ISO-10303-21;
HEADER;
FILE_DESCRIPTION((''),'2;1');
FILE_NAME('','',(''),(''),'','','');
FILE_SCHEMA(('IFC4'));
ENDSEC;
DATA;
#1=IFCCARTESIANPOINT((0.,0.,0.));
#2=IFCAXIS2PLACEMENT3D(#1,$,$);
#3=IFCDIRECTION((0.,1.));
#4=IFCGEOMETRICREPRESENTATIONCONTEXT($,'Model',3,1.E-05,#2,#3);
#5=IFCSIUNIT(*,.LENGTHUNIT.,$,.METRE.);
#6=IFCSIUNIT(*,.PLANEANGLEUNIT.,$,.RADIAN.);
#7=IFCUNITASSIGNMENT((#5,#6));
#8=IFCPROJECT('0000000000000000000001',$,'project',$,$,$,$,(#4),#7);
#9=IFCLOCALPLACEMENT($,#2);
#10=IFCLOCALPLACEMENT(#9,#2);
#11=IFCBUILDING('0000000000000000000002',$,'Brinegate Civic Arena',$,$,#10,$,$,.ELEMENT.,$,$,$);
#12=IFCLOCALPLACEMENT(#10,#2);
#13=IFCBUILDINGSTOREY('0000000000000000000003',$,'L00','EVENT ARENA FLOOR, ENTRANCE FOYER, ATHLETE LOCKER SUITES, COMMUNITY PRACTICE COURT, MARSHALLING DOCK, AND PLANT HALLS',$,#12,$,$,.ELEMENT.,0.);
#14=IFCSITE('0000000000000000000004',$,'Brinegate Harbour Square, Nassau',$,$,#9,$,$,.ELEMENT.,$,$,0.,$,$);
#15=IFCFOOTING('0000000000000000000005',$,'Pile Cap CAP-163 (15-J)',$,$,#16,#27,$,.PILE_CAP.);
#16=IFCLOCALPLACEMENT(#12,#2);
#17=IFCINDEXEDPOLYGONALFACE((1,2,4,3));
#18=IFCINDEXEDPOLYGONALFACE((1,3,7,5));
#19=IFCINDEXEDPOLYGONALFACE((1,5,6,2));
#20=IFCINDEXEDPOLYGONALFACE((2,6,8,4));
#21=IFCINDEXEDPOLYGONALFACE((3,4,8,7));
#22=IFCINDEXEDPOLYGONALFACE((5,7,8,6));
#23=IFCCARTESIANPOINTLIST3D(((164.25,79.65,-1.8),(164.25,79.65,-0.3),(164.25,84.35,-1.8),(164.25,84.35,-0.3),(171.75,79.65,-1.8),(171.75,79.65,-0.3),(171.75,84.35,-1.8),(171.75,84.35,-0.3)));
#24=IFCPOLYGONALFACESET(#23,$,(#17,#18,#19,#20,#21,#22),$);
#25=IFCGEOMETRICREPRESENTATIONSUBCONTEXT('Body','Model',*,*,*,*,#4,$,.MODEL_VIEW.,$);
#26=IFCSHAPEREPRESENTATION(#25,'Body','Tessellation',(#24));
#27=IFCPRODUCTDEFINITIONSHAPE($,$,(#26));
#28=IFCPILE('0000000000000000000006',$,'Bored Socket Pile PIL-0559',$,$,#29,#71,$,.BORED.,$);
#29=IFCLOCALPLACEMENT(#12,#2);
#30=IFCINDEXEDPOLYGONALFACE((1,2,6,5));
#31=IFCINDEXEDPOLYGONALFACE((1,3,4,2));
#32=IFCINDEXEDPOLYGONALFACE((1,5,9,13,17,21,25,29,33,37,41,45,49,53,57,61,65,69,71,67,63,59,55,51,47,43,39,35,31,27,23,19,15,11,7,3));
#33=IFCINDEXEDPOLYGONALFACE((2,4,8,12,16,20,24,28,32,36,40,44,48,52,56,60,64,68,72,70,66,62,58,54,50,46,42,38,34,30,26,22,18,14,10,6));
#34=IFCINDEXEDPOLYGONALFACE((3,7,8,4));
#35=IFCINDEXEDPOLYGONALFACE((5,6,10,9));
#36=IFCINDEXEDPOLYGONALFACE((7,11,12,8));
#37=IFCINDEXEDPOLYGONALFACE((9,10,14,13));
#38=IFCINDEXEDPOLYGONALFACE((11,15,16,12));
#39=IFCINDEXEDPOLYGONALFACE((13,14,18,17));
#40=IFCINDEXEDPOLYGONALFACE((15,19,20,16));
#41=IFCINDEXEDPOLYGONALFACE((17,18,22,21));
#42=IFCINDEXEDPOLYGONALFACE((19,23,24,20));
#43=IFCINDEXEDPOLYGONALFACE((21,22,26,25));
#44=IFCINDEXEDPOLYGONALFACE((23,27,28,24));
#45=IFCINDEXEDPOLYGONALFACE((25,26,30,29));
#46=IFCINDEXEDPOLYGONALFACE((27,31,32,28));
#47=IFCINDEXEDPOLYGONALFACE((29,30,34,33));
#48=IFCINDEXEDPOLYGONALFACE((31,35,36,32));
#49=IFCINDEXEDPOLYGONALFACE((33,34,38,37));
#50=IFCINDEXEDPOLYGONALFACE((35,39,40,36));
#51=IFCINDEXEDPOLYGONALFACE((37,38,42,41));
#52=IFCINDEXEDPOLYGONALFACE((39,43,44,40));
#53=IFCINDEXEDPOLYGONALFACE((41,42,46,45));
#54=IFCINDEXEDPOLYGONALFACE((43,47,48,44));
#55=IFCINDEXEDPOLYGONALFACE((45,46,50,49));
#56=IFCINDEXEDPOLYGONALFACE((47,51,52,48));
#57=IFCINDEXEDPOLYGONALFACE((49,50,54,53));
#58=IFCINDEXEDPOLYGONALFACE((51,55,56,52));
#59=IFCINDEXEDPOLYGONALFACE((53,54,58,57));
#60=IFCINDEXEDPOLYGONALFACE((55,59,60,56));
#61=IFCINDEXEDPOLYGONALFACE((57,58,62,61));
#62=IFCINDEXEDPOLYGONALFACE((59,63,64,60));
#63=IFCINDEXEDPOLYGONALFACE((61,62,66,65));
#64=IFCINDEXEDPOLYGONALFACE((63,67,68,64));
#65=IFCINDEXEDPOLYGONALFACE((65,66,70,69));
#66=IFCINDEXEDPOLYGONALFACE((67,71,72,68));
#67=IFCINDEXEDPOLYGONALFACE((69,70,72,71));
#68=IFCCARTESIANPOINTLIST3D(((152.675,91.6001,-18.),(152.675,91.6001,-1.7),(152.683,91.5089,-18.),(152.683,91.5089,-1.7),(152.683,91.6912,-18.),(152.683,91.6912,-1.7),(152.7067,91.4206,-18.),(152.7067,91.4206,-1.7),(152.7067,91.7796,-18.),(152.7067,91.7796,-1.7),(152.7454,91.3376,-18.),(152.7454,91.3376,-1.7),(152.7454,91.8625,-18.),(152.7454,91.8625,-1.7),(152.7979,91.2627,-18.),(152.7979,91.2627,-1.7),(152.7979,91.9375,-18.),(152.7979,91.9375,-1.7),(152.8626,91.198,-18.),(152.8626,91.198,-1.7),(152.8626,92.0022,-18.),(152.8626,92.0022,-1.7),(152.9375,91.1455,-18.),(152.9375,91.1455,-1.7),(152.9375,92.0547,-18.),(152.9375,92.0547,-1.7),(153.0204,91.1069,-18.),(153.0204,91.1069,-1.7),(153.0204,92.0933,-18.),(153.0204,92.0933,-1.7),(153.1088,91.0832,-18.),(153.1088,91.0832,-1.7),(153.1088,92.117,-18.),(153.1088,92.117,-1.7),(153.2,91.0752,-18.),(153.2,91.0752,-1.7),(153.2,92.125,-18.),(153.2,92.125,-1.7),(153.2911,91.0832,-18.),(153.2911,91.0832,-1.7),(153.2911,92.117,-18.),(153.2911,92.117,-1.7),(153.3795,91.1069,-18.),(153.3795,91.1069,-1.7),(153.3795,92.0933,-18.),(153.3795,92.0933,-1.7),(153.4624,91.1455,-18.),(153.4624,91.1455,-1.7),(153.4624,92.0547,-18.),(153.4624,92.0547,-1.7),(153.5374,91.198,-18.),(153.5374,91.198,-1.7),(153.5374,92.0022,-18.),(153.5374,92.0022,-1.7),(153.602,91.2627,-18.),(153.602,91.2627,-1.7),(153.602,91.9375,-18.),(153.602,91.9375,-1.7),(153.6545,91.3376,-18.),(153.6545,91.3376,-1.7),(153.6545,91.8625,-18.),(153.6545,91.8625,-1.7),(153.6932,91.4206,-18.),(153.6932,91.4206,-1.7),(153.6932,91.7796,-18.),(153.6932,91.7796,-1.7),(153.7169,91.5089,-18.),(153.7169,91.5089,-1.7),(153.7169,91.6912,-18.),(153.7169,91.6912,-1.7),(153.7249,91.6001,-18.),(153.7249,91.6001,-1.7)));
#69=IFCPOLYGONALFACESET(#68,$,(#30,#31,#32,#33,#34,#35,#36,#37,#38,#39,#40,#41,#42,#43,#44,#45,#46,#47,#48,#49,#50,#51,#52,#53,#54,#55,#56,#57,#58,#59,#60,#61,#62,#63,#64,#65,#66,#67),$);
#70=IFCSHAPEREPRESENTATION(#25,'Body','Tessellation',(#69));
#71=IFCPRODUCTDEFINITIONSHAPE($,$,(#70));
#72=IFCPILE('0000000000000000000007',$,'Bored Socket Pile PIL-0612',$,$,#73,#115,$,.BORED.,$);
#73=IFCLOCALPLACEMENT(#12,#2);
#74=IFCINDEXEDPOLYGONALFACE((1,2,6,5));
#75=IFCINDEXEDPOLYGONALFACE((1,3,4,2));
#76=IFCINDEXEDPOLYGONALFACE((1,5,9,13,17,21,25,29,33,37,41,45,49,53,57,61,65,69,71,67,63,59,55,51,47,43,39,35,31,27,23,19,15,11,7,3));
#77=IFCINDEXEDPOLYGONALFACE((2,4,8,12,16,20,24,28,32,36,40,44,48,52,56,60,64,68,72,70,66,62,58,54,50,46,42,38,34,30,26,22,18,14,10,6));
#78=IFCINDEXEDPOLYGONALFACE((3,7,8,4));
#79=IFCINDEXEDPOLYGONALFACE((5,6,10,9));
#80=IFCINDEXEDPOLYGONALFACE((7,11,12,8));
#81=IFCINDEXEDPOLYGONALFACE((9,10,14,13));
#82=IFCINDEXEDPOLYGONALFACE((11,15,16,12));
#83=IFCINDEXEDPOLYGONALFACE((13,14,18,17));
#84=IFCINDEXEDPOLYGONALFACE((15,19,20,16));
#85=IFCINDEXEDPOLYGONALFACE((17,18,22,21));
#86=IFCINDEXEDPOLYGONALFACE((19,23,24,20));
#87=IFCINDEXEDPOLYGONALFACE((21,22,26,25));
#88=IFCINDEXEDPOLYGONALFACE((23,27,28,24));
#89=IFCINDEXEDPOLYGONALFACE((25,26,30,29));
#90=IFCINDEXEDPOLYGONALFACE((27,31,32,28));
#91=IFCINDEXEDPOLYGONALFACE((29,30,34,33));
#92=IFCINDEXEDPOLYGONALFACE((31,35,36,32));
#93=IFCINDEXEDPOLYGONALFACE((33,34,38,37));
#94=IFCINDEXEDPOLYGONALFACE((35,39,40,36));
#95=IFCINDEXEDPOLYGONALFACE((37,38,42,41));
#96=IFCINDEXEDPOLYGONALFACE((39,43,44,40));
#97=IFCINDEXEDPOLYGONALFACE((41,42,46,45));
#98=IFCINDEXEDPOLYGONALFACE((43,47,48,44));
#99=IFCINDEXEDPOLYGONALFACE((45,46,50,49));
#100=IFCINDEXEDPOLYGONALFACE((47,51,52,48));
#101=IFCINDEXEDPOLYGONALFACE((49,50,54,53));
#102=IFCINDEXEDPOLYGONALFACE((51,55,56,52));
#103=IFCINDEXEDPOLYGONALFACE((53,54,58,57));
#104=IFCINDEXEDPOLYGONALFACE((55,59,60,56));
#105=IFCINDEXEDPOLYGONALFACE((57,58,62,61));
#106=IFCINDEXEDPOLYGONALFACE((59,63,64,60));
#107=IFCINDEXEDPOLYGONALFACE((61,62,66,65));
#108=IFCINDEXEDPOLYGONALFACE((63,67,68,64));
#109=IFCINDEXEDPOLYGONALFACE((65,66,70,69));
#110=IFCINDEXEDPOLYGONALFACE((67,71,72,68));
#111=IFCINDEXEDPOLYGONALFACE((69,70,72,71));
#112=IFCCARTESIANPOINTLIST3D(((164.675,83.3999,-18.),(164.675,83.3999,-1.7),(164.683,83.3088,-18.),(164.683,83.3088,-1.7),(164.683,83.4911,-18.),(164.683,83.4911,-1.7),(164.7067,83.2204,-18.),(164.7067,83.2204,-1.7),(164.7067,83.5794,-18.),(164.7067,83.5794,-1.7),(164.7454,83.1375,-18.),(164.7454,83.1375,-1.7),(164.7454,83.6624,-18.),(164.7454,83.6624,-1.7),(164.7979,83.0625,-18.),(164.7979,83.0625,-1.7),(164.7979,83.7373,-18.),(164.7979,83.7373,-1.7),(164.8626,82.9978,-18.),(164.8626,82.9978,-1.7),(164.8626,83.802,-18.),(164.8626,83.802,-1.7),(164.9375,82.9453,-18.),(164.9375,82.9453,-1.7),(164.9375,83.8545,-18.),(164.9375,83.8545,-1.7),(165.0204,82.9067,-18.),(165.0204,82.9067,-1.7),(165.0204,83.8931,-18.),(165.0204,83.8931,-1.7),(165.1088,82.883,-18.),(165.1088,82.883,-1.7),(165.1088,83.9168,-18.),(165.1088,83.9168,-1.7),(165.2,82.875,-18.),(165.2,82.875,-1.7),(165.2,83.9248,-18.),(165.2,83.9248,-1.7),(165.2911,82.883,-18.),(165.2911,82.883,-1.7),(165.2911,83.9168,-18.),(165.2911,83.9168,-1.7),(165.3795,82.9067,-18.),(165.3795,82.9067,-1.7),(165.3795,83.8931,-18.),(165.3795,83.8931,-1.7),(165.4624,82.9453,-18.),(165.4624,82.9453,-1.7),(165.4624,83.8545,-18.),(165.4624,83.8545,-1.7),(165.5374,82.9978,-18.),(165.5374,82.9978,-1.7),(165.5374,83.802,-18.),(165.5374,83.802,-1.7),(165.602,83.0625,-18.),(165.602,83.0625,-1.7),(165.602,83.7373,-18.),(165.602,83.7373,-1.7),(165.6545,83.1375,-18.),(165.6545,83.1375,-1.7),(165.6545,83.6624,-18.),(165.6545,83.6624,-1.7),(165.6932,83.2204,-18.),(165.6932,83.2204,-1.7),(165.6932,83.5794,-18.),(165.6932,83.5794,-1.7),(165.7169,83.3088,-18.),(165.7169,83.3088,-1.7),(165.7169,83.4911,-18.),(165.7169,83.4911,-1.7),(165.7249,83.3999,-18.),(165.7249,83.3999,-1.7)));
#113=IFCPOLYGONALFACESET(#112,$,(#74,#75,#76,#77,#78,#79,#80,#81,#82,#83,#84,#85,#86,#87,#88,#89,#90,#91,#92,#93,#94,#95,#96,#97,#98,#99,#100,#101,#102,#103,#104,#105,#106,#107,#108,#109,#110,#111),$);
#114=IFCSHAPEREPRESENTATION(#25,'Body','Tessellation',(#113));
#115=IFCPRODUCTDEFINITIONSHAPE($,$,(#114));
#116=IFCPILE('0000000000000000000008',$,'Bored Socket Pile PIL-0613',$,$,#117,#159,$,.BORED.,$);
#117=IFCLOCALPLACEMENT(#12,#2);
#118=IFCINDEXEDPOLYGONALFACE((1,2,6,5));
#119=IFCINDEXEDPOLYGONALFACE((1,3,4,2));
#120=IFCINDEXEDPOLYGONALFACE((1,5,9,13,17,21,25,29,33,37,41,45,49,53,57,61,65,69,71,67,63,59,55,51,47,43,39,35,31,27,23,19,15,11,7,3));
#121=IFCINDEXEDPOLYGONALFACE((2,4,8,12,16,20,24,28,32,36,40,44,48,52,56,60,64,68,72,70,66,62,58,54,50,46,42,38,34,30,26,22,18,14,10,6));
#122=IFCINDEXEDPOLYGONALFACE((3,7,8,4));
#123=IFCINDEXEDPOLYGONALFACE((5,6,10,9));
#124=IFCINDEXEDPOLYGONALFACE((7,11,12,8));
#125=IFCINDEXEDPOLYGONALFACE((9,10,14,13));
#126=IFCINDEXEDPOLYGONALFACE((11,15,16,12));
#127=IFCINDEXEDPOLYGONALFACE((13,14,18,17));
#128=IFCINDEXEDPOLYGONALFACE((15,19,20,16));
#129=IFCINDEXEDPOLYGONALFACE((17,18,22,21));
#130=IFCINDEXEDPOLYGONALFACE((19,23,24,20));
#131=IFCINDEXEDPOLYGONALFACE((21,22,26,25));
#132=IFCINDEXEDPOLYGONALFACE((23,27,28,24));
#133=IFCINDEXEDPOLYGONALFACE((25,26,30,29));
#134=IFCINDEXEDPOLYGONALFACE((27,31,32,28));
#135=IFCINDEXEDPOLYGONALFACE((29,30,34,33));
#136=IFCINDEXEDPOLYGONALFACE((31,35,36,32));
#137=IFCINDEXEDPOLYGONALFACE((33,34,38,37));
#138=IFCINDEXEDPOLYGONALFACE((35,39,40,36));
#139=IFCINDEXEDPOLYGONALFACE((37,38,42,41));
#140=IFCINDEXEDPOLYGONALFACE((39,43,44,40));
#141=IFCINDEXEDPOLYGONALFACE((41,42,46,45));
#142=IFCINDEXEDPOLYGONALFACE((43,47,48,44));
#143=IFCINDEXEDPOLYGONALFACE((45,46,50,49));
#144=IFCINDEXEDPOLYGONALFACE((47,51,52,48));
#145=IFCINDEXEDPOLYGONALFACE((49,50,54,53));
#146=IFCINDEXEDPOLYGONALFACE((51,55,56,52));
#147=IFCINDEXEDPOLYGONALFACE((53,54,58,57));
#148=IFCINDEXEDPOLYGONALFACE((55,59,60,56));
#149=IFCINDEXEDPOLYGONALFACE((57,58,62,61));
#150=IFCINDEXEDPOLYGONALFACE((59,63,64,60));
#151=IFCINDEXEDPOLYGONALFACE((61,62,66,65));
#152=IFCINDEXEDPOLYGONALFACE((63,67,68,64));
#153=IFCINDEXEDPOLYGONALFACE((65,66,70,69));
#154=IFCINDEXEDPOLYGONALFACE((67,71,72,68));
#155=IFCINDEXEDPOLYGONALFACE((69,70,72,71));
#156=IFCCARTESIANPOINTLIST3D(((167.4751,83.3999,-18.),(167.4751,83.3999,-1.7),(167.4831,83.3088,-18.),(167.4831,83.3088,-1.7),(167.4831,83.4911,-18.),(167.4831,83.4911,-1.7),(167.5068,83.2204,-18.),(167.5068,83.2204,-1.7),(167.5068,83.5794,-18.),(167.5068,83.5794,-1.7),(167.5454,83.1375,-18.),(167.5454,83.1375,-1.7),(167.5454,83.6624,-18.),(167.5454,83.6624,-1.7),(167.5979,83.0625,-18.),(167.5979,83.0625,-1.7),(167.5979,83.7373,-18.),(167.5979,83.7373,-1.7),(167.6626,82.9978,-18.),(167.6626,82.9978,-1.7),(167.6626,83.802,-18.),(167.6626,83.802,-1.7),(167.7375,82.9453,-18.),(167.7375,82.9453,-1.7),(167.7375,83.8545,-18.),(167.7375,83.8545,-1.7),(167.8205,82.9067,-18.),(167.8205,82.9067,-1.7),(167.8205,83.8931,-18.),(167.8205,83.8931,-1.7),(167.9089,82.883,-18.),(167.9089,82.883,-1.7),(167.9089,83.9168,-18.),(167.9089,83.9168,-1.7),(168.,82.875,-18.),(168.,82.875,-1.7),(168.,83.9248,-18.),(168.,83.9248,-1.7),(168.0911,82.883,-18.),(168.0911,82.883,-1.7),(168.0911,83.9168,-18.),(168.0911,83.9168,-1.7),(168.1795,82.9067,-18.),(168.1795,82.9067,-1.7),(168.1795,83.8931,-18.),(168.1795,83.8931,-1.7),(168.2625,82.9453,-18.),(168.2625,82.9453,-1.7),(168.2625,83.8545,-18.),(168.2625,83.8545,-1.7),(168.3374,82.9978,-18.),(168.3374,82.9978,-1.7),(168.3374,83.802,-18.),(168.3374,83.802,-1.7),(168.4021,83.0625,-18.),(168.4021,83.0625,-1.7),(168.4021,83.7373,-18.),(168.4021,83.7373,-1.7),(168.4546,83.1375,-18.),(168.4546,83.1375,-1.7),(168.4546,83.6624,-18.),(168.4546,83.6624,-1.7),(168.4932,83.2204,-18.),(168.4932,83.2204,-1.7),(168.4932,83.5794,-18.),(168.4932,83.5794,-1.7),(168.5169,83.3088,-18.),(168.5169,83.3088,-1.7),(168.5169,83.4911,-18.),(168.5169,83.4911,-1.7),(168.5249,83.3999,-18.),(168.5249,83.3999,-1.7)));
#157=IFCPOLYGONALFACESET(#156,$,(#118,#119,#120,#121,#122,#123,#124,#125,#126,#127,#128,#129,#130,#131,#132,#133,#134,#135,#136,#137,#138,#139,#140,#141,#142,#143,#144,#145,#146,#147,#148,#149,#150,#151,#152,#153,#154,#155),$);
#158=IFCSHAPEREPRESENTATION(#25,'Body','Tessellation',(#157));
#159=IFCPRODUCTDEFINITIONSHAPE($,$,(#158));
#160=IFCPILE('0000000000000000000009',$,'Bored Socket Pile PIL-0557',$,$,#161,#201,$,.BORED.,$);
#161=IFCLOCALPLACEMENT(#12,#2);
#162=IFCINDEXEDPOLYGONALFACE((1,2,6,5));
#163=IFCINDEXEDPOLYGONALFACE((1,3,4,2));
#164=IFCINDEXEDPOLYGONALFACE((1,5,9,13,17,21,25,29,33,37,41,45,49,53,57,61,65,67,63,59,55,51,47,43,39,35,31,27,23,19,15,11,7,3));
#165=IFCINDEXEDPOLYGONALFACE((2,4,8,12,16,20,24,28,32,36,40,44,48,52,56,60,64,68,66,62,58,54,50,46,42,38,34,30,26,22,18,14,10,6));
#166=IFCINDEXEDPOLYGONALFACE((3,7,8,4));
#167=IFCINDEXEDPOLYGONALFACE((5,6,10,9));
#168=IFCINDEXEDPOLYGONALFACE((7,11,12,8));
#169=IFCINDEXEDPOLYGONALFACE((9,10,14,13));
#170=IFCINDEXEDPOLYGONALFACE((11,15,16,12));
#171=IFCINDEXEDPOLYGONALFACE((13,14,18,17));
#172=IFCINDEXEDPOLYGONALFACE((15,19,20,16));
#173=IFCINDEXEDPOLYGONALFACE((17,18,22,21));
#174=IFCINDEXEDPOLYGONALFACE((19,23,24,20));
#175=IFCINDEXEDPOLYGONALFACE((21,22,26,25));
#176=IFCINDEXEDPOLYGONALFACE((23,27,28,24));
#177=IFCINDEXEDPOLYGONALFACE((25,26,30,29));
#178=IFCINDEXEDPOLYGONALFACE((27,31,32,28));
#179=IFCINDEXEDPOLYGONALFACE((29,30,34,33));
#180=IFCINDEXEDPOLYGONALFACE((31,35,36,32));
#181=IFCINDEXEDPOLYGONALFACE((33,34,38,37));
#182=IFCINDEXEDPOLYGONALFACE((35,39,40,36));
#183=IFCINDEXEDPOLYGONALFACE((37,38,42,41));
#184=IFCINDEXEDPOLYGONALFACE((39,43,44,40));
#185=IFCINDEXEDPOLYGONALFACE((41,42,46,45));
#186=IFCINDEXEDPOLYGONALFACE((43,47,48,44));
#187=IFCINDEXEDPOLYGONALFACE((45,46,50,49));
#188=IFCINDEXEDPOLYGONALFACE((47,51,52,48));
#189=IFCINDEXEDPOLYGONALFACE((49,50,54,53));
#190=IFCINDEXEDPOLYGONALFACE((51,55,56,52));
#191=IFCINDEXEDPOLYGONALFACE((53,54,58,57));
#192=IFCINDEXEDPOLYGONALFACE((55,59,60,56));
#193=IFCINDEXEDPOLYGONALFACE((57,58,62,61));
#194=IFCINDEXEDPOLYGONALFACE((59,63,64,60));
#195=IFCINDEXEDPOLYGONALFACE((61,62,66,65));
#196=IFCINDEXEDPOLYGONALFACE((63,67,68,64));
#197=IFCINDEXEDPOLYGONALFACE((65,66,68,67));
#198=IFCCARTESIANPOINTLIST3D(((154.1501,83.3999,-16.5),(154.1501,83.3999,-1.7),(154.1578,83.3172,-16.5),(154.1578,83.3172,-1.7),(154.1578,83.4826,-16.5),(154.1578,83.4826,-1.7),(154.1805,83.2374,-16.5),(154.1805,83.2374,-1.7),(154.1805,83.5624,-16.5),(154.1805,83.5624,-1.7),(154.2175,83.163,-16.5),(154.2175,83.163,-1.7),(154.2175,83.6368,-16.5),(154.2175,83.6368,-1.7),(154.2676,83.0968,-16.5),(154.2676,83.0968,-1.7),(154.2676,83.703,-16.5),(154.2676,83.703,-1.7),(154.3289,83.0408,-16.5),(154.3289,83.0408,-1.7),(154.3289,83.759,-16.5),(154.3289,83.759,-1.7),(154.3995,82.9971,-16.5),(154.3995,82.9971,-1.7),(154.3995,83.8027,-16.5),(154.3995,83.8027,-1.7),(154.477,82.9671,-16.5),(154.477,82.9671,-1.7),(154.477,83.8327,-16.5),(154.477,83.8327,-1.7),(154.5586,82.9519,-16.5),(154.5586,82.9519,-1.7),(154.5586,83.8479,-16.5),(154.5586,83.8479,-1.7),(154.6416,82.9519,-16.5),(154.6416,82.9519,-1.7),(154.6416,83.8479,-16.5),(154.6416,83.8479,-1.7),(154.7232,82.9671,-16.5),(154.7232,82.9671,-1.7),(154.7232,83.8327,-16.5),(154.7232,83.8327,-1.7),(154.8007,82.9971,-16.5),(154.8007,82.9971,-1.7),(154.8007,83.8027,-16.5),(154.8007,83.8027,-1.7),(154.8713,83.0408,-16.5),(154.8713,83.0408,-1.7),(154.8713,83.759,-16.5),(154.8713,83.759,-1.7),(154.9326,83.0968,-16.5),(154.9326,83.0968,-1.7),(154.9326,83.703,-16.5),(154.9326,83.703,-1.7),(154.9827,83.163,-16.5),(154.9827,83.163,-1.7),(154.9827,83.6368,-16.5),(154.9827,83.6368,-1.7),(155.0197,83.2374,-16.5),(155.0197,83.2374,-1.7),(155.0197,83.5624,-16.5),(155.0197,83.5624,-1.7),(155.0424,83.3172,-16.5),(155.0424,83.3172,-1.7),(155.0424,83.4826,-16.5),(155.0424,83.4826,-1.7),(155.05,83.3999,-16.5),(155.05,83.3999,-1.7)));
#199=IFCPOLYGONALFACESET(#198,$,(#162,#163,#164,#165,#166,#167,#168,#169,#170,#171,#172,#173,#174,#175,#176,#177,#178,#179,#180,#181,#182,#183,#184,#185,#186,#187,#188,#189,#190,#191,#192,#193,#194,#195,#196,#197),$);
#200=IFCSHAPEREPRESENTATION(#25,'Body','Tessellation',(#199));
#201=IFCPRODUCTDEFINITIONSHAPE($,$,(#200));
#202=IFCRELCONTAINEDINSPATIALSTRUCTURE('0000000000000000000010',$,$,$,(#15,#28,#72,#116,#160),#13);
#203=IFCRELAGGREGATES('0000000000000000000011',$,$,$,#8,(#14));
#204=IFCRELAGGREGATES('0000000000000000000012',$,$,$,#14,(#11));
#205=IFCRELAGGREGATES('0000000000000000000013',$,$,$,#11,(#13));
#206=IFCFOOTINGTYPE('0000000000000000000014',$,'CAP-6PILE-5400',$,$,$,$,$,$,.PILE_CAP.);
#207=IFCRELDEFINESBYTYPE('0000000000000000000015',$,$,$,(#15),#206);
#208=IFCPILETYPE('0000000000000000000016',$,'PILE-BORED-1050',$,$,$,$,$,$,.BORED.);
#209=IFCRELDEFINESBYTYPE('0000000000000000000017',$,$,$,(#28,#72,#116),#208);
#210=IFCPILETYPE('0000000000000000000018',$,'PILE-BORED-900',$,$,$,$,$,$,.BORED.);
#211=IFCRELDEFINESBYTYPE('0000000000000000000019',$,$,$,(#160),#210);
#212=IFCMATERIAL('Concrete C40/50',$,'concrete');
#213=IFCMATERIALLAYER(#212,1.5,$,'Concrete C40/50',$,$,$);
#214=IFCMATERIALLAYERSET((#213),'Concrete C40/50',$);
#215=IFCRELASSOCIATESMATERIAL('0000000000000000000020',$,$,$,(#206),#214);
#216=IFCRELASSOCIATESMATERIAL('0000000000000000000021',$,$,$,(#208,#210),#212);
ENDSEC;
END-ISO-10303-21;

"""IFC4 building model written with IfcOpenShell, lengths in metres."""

from ifc_helpers import new_model, si_unit, direction, frame, origin, origin_2d, place, context, subcontext, project, spatial, rectangle, circle, extrude, material, layer, layer_set, material_profile, profile_set, type_object, element, save


model = new_model("IFC4")

# Units and contexts
model_context = context("Model", 3, precision=1e-05, world=origin(), true_north=direction((0.0, 1.0)))
body_context = subcontext(model_context, "Body", "Model", "MODEL_VIEW")
ifc_project = project(units=[si_unit("LENGTHUNIT", "METRE"), si_unit("PLANEANGLEUNIT", "RADIAN")], contexts=[model_context])

# Site, building, storey
site_placement = place(None, origin())
site = spatial("IfcSite", under=ifc_project, at=site_placement, Name="Brinegate Harbour Square, Nassau", CompositionType="ELEMENT", RefElevation=0.0)
building_placement = place(site_placement, origin())
building = spatial("IfcBuilding", under=site, at=building_placement, Name="Brinegate Civic Arena", CompositionType="ELEMENT")
storey_placement = place(building_placement, origin())
storey = spatial("IfcBuildingStorey", under=building, at=storey_placement, Name="L00", Description="EVENT ARENA FLOOR, ENTRANCE FOYER, ATHLETE LOCKER SUITES, COMMUNITY PRACTICE COURT, MARSHALLING DOCK, AND PLANT HALLS", CompositionType="ELEMENT", Elevation=0.0)

# Footing
ifc_material_1 = material(Name="Concrete C40/50", Category="concrete")
ifc_layer_1 = layer(ifc_material_1, 1.5, Name="Concrete C40/50")
ifc_layer_set_1 = layer_set([ifc_layer_1], Name="Concrete C40/50")
footing_type_1 = type_object("IfcFootingType", Name="CAP-6PILE-5400", PredefinedType="PILE_CAP", material=ifc_layer_set_1)
footing_1_placement = place(storey_placement, frame((168.0, 82.0, -1.8), z_axis=(0.0, 0.0, 1.0), x_axis=(1.0, 0.0, 0.0)))
element("IfcFooting", 1, at=footing_1_placement, inside=storey, type_object=footing_type_1, Name="Pile Cap CAP-163 (15-J)", PredefinedType="PILE_CAP", context=body_context, shape_type="SweptSolid", body=[
    extrude(rectangle(XDim=7.5, YDim=4.7, at=origin_2d()), origin(), (0.0, 0.0, 1.0), 1.5),
])

# Piles
ifc_material_profile_1 = material_profile(ifc_material_1, circle(Radius=0.5249, at=origin_2d()), Name="PILED1050")
ifc_profile_set_1 = profile_set([ifc_material_profile_1], Name="Concrete C40/50")
pile_type_1 = type_object("IfcPileType", Name="PILE-BORED-1050", PredefinedType="BORED", material=ifc_profile_set_1)
for number, where, z_axis, x_axis, name in (
    (2, (153.2, 91.6001, -1.7), (0.0, 0.0, -1.0), (1.0, 0.0, 0.0), "Bored Socket Pile PIL-0559"),
    (3, (165.2, 83.3999, -1.7), (0.0, 0.0, -1.0), (1.0, 0.0, 0.0), "Bored Socket Pile PIL-0612"),
    (4, (168.0, 83.3999, -1.7), (0.0, 0.0, -1.0), (1.0, 0.0, 0.0), "Bored Socket Pile PIL-0613"),
):
    element("IfcPile", number, at=place(storey_placement, frame(where, z_axis=z_axis, x_axis=x_axis)), inside=storey, type_object=pile_type_1, Name=name, PredefinedType="BORED", context=body_context, shape_type="SweptSolid", body=[
        extrude(circle(Radius=0.5249, at=origin_2d()), origin(), (0.0, 0.0, 1.0), 16.3),
    ])
ifc_material_profile_2 = material_profile(ifc_material_1, circle(Radius=0.45, at=origin_2d()), Name="PILED900")
ifc_profile_set_2 = profile_set([ifc_material_profile_2], Name="Concrete C40/50")
pile_type_2 = type_object("IfcPileType", Name="PILE-BORED-900", PredefinedType="BORED", material=ifc_profile_set_2)
for number, where, z_axis, x_axis, name in (
    (5, (154.6001, 83.3999, -1.7), (0.0, 0.0, -1.0), (1.0, 0.0, 0.0), "Bored Socket Pile PIL-0557"),
):
    element("IfcPile", number, at=place(storey_placement, frame(where, z_axis=z_axis, x_axis=x_axis)), inside=storey, type_object=pile_type_2, Name=name, PredefinedType="BORED", context=body_context, shape_type="SweptSolid", body=[
        extrude(circle(Radius=0.45, at=origin_2d()), origin(), (0.0, 0.0, 1.0), 14.8),
    ])

save(model, "model.ifc")
